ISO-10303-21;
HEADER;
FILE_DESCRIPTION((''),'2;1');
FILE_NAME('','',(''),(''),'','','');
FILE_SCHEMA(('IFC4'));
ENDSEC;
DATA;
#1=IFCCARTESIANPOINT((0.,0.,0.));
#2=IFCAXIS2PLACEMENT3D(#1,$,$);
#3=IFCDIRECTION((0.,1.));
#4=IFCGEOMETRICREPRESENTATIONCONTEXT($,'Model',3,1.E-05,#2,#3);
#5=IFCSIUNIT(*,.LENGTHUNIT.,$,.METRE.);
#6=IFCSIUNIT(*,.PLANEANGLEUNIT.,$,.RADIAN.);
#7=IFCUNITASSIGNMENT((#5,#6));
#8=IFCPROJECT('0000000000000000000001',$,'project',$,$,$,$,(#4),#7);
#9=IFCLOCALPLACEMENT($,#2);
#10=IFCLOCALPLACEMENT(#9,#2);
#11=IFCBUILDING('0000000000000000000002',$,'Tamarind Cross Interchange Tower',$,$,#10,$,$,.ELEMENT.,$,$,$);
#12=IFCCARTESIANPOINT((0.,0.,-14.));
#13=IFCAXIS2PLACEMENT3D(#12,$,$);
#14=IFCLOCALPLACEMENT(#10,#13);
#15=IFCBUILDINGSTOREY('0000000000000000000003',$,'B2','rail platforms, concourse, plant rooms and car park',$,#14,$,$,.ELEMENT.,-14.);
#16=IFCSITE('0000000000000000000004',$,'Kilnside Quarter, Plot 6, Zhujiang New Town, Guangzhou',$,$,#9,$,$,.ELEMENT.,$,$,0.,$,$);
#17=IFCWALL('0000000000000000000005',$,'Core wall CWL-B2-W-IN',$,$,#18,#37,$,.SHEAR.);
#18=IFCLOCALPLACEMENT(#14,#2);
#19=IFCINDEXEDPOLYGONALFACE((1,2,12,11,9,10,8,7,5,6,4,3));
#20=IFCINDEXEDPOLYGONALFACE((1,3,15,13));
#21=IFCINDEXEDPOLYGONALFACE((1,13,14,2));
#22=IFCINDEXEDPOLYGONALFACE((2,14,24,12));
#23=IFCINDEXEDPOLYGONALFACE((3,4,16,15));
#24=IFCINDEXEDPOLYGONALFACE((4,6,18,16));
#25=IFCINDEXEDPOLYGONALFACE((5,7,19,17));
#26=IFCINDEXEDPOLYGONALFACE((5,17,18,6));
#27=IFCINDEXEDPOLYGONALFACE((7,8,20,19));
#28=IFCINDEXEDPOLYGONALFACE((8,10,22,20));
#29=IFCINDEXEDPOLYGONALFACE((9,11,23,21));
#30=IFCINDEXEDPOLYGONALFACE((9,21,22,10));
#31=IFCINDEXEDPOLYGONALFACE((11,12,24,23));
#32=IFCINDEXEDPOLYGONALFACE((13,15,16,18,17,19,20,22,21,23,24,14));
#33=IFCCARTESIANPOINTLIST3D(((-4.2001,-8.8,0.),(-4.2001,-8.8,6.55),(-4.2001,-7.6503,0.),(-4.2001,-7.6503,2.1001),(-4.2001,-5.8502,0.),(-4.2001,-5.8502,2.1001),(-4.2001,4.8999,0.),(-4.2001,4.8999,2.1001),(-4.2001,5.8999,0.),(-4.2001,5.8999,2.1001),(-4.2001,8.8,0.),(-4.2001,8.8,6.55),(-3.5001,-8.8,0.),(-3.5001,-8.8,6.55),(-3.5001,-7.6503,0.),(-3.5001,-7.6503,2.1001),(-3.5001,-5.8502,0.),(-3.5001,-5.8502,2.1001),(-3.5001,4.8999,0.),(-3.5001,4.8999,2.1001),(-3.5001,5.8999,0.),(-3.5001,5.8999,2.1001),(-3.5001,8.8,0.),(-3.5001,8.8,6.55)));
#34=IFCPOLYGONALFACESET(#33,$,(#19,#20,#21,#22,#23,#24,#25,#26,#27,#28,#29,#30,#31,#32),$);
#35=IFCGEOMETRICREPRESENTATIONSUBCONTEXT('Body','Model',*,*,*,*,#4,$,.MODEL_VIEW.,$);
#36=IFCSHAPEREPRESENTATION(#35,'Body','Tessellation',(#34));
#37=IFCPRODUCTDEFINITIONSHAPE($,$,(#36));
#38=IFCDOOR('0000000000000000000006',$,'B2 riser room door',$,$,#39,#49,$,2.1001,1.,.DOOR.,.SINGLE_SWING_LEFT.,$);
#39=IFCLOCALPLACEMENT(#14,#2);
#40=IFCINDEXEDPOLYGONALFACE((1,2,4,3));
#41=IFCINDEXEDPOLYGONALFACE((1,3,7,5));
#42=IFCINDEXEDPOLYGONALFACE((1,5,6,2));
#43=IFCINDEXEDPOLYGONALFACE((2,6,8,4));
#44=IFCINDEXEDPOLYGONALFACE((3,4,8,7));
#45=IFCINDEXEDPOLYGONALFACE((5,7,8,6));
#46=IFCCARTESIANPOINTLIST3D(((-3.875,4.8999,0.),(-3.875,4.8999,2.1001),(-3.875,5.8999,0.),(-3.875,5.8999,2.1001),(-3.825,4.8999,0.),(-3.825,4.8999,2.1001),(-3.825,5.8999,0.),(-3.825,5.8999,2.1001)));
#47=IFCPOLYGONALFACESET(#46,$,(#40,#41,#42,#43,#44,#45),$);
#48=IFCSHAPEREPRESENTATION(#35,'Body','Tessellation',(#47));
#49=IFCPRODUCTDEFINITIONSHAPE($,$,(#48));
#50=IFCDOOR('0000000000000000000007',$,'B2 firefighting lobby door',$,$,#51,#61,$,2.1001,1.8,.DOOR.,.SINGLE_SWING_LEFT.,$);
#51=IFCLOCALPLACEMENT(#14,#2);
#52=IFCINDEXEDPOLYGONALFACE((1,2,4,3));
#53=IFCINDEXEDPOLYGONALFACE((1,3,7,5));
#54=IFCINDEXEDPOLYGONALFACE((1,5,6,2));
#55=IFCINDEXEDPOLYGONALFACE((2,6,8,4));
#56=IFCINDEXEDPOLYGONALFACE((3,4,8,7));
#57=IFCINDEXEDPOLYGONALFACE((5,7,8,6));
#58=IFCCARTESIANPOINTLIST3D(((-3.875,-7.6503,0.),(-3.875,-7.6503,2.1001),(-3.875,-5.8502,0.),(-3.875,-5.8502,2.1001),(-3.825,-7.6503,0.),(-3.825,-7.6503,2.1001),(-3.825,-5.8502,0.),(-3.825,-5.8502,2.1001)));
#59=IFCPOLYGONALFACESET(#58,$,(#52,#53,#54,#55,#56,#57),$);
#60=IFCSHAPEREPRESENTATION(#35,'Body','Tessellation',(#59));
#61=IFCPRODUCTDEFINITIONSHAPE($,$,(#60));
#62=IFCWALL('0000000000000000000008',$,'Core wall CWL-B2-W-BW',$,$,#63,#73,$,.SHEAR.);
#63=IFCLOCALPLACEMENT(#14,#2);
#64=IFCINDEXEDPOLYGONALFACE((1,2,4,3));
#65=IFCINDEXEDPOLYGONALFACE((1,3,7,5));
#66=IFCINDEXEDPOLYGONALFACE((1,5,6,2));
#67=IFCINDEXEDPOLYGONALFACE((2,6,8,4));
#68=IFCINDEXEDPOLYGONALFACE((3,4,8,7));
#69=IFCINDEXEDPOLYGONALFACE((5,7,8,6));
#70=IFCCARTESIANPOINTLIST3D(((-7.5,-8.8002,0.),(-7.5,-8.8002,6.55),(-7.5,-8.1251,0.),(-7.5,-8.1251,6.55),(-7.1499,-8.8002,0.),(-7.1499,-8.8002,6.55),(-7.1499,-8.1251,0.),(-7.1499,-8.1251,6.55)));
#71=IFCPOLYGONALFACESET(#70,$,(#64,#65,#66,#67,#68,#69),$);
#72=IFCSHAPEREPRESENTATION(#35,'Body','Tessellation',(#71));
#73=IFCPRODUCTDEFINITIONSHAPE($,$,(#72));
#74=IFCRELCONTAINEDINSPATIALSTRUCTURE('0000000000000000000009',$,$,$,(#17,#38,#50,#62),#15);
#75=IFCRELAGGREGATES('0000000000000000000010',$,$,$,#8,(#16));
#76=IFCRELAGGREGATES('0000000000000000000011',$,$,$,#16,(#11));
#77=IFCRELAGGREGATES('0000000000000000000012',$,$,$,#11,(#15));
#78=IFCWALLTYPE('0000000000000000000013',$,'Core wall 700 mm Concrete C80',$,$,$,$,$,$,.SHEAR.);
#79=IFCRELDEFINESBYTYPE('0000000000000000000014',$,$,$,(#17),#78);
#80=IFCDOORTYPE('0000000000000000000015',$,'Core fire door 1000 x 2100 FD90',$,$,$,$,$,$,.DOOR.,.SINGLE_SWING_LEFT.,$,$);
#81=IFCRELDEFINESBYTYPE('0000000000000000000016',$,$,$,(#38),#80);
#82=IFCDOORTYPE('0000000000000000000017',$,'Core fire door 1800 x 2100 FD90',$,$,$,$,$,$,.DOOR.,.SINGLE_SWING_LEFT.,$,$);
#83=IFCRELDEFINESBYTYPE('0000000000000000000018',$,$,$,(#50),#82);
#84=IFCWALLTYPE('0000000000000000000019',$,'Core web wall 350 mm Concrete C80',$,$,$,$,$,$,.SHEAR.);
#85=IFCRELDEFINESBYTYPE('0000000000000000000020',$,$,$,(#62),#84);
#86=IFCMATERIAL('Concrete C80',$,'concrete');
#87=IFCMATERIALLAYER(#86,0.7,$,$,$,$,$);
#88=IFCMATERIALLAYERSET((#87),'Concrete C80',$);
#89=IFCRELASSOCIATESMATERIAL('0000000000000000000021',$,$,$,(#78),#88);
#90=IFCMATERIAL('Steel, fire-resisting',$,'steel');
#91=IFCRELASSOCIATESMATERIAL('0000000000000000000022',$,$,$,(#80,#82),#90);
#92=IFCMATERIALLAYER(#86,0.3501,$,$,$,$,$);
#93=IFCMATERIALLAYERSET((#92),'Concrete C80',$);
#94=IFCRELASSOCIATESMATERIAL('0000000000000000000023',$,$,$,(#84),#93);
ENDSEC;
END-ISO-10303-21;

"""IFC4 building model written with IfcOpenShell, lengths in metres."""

from ifc_helpers import new_model, si_unit, direction, frame, frame_2d, origin, place, context, subcontext, project, spatial, rectangle, extrude, material, layer, layer_set, type_object, element, fill, save


model = new_model("IFC4")

# Units and contexts
model_context = context("Model", 3, precision=1e-05, world=origin(), true_north=direction((0.0, 1.0)))
body_context = subcontext(model_context, "Body", "Model", "MODEL_VIEW")
ifc_project = project(units=[si_unit("LENGTHUNIT", "METRE"), si_unit("PLANEANGLEUNIT", "RADIAN")], contexts=[model_context])

# Site, building, storey
site_placement = place(None, origin())
site = spatial("IfcSite", under=ifc_project, at=site_placement, Name="Kilnside Quarter, Plot 6, Zhujiang New Town, Guangzhou", CompositionType="ELEMENT", RefElevation=0.0)
building_placement = place(site_placement, origin())
building = spatial("IfcBuilding", under=site, at=building_placement, Name="Tamarind Cross Interchange Tower", CompositionType="ELEMENT")
storey_placement = place(building_placement, frame((0.0, 0.0, -14.0)))
storey = spatial("IfcBuildingStorey", under=building, at=storey_placement, Name="B2", Description="rail platforms, concourse, plant rooms and car park", CompositionType="ELEMENT", Elevation=-14.0)

# Shared definitions
ifc_material_1 = material(Name="Concrete C80", Category="concrete")

# Wall, openings, doors
ifc_layer_1 = layer(ifc_material_1, 0.7)
ifc_layer_set_1 = layer_set([ifc_layer_1], Name="Concrete C80")
wall_type_1 = type_object("IfcWallType", Name="Core wall 700 mm Concrete C80", PredefinedType="SHEAR", material=ifc_layer_set_1)
ifc_material_2 = material(Name="Steel, fire-resisting", Category="steel")
wall_1_placement = place(storey_placement, frame((-3.8501, -8.8, 0.0), z_axis=(0.0, 0.0, 1.0), x_axis=(0.0, 1.0, 0.0)))
wall_1 = element("IfcWall", 1, at=wall_1_placement, inside=storey, type_object=wall_type_1, Name="Core wall CWL-B2-W-IN", PredefinedType="SHEAR", context=body_context, shape_type="SweptSolid", body=[
    extrude(rectangle(XDim=17.6001, YDim=0.7, at=frame_2d((8.8, 0.0))), origin(), (0.0, 0.0, 1.0), 6.55),
])
opening_1_placement = place(wall_1_placement, frame((1.1499, 0.0, 0.0)))
opening_1 = element("IfcOpeningElement", 2, at=opening_1_placement, cuts=wall_1, PredefinedType="OPENING", context=body_context, shape_type="SweptSolid", body=[
    extrude(rectangle(XDim=1.8, YDim=2.1001, at=frame_2d((0.8999, 1.05))), frame((0.0, 0.3599, 0.0), z_axis=(0.0, -1.0, 0.0), x_axis=(1.0, 0.0, 0.0)), (0.0, 0.0, 1.0), 0.72),
])
opening_2_placement = place(wall_1_placement, frame((13.7, 0.0, 0.0)))
opening_2 = element("IfcOpeningElement", 3, at=opening_2_placement, cuts=wall_1, PredefinedType="OPENING", context=body_context, shape_type="SweptSolid", body=[
    extrude(rectangle(XDim=1.0, YDim=2.1001, at=frame_2d((0.5, 1.05))), frame((0.0, 0.3599, 0.0), z_axis=(0.0, -1.0, 0.0), x_axis=(1.0, 0.0, 0.0)), (0.0, 0.0, 1.0), 0.72),
])
door_type_1 = type_object("IfcDoorType", Name="Core fire door 1000 x 2100 FD90", OperationType="SINGLE_SWING_LEFT", PredefinedType="DOOR", material=ifc_material_2)
door_1_placement = place(opening_2_placement, origin())
door_1 = element("IfcDoor", 4, at=door_1_placement, inside=storey, type_object=door_type_1, Name="B2 riser room door", OperationType="SINGLE_SWING_LEFT", OverallHeight=2.1001, OverallWidth=1.0, PredefinedType="DOOR", context=body_context, shape_type="SweptSolid", body=[
    extrude(rectangle(XDim=1.0, YDim=2.1001, at=frame_2d((0.5, 1.05))), frame((0.0, 0.0249, 0.0), z_axis=(0.0, -1.0, 0.0), x_axis=(1.0, 0.0, 0.0)), (0.0, 0.0, 1.0), 0.05),
])
fill(opening_2, door_1)
door_type_2 = type_object("IfcDoorType", Name="Core fire door 1800 x 2100 FD90", OperationType="SINGLE_SWING_LEFT", PredefinedType="DOOR", material=ifc_material_2)
door_2_placement = place(opening_1_placement, origin())
door_2 = element("IfcDoor", 5, at=door_2_placement, inside=storey, type_object=door_type_2, Name="B2 firefighting lobby door", OperationType="SINGLE_SWING_LEFT", OverallHeight=2.1001, OverallWidth=1.8, PredefinedType="DOOR", context=body_context, shape_type="SweptSolid", body=[
    extrude(rectangle(XDim=1.8, YDim=2.1001, at=frame_2d((0.8999, 1.05))), frame((0.0, 0.0249, 0.0), z_axis=(0.0, -1.0, 0.0), x_axis=(1.0, 0.0, 0.0)), (0.0, 0.0, 1.0), 0.05),
])
fill(opening_1, door_2)

# Wall
ifc_layer_2 = layer(ifc_material_1, 0.3501)
ifc_layer_set_2 = layer_set([ifc_layer_2], Name="Concrete C80")
wall_type_2 = type_object("IfcWallType", Name="Core web wall 350 mm Concrete C80", PredefinedType="SHEAR", material=ifc_layer_set_2)
wall_2_placement = place(storey_placement, frame((-7.325, -8.8, 0.0), z_axis=(0.0, 0.0, 1.0), x_axis=(0.0, 1.0, 0.0)))
element("IfcWall", 6, at=wall_2_placement, inside=storey, type_object=wall_type_2, Name="Core wall CWL-B2-W-BW", PredefinedType="SHEAR", context=body_context, shape_type="SweptSolid", body=[
    extrude(rectangle(XDim=0.675, YDim=0.3501, at=frame_2d((0.3374, 0.0))), origin(), (0.0, 0.0, 1.0), 6.55),
])

save(model, "model.ifc")
